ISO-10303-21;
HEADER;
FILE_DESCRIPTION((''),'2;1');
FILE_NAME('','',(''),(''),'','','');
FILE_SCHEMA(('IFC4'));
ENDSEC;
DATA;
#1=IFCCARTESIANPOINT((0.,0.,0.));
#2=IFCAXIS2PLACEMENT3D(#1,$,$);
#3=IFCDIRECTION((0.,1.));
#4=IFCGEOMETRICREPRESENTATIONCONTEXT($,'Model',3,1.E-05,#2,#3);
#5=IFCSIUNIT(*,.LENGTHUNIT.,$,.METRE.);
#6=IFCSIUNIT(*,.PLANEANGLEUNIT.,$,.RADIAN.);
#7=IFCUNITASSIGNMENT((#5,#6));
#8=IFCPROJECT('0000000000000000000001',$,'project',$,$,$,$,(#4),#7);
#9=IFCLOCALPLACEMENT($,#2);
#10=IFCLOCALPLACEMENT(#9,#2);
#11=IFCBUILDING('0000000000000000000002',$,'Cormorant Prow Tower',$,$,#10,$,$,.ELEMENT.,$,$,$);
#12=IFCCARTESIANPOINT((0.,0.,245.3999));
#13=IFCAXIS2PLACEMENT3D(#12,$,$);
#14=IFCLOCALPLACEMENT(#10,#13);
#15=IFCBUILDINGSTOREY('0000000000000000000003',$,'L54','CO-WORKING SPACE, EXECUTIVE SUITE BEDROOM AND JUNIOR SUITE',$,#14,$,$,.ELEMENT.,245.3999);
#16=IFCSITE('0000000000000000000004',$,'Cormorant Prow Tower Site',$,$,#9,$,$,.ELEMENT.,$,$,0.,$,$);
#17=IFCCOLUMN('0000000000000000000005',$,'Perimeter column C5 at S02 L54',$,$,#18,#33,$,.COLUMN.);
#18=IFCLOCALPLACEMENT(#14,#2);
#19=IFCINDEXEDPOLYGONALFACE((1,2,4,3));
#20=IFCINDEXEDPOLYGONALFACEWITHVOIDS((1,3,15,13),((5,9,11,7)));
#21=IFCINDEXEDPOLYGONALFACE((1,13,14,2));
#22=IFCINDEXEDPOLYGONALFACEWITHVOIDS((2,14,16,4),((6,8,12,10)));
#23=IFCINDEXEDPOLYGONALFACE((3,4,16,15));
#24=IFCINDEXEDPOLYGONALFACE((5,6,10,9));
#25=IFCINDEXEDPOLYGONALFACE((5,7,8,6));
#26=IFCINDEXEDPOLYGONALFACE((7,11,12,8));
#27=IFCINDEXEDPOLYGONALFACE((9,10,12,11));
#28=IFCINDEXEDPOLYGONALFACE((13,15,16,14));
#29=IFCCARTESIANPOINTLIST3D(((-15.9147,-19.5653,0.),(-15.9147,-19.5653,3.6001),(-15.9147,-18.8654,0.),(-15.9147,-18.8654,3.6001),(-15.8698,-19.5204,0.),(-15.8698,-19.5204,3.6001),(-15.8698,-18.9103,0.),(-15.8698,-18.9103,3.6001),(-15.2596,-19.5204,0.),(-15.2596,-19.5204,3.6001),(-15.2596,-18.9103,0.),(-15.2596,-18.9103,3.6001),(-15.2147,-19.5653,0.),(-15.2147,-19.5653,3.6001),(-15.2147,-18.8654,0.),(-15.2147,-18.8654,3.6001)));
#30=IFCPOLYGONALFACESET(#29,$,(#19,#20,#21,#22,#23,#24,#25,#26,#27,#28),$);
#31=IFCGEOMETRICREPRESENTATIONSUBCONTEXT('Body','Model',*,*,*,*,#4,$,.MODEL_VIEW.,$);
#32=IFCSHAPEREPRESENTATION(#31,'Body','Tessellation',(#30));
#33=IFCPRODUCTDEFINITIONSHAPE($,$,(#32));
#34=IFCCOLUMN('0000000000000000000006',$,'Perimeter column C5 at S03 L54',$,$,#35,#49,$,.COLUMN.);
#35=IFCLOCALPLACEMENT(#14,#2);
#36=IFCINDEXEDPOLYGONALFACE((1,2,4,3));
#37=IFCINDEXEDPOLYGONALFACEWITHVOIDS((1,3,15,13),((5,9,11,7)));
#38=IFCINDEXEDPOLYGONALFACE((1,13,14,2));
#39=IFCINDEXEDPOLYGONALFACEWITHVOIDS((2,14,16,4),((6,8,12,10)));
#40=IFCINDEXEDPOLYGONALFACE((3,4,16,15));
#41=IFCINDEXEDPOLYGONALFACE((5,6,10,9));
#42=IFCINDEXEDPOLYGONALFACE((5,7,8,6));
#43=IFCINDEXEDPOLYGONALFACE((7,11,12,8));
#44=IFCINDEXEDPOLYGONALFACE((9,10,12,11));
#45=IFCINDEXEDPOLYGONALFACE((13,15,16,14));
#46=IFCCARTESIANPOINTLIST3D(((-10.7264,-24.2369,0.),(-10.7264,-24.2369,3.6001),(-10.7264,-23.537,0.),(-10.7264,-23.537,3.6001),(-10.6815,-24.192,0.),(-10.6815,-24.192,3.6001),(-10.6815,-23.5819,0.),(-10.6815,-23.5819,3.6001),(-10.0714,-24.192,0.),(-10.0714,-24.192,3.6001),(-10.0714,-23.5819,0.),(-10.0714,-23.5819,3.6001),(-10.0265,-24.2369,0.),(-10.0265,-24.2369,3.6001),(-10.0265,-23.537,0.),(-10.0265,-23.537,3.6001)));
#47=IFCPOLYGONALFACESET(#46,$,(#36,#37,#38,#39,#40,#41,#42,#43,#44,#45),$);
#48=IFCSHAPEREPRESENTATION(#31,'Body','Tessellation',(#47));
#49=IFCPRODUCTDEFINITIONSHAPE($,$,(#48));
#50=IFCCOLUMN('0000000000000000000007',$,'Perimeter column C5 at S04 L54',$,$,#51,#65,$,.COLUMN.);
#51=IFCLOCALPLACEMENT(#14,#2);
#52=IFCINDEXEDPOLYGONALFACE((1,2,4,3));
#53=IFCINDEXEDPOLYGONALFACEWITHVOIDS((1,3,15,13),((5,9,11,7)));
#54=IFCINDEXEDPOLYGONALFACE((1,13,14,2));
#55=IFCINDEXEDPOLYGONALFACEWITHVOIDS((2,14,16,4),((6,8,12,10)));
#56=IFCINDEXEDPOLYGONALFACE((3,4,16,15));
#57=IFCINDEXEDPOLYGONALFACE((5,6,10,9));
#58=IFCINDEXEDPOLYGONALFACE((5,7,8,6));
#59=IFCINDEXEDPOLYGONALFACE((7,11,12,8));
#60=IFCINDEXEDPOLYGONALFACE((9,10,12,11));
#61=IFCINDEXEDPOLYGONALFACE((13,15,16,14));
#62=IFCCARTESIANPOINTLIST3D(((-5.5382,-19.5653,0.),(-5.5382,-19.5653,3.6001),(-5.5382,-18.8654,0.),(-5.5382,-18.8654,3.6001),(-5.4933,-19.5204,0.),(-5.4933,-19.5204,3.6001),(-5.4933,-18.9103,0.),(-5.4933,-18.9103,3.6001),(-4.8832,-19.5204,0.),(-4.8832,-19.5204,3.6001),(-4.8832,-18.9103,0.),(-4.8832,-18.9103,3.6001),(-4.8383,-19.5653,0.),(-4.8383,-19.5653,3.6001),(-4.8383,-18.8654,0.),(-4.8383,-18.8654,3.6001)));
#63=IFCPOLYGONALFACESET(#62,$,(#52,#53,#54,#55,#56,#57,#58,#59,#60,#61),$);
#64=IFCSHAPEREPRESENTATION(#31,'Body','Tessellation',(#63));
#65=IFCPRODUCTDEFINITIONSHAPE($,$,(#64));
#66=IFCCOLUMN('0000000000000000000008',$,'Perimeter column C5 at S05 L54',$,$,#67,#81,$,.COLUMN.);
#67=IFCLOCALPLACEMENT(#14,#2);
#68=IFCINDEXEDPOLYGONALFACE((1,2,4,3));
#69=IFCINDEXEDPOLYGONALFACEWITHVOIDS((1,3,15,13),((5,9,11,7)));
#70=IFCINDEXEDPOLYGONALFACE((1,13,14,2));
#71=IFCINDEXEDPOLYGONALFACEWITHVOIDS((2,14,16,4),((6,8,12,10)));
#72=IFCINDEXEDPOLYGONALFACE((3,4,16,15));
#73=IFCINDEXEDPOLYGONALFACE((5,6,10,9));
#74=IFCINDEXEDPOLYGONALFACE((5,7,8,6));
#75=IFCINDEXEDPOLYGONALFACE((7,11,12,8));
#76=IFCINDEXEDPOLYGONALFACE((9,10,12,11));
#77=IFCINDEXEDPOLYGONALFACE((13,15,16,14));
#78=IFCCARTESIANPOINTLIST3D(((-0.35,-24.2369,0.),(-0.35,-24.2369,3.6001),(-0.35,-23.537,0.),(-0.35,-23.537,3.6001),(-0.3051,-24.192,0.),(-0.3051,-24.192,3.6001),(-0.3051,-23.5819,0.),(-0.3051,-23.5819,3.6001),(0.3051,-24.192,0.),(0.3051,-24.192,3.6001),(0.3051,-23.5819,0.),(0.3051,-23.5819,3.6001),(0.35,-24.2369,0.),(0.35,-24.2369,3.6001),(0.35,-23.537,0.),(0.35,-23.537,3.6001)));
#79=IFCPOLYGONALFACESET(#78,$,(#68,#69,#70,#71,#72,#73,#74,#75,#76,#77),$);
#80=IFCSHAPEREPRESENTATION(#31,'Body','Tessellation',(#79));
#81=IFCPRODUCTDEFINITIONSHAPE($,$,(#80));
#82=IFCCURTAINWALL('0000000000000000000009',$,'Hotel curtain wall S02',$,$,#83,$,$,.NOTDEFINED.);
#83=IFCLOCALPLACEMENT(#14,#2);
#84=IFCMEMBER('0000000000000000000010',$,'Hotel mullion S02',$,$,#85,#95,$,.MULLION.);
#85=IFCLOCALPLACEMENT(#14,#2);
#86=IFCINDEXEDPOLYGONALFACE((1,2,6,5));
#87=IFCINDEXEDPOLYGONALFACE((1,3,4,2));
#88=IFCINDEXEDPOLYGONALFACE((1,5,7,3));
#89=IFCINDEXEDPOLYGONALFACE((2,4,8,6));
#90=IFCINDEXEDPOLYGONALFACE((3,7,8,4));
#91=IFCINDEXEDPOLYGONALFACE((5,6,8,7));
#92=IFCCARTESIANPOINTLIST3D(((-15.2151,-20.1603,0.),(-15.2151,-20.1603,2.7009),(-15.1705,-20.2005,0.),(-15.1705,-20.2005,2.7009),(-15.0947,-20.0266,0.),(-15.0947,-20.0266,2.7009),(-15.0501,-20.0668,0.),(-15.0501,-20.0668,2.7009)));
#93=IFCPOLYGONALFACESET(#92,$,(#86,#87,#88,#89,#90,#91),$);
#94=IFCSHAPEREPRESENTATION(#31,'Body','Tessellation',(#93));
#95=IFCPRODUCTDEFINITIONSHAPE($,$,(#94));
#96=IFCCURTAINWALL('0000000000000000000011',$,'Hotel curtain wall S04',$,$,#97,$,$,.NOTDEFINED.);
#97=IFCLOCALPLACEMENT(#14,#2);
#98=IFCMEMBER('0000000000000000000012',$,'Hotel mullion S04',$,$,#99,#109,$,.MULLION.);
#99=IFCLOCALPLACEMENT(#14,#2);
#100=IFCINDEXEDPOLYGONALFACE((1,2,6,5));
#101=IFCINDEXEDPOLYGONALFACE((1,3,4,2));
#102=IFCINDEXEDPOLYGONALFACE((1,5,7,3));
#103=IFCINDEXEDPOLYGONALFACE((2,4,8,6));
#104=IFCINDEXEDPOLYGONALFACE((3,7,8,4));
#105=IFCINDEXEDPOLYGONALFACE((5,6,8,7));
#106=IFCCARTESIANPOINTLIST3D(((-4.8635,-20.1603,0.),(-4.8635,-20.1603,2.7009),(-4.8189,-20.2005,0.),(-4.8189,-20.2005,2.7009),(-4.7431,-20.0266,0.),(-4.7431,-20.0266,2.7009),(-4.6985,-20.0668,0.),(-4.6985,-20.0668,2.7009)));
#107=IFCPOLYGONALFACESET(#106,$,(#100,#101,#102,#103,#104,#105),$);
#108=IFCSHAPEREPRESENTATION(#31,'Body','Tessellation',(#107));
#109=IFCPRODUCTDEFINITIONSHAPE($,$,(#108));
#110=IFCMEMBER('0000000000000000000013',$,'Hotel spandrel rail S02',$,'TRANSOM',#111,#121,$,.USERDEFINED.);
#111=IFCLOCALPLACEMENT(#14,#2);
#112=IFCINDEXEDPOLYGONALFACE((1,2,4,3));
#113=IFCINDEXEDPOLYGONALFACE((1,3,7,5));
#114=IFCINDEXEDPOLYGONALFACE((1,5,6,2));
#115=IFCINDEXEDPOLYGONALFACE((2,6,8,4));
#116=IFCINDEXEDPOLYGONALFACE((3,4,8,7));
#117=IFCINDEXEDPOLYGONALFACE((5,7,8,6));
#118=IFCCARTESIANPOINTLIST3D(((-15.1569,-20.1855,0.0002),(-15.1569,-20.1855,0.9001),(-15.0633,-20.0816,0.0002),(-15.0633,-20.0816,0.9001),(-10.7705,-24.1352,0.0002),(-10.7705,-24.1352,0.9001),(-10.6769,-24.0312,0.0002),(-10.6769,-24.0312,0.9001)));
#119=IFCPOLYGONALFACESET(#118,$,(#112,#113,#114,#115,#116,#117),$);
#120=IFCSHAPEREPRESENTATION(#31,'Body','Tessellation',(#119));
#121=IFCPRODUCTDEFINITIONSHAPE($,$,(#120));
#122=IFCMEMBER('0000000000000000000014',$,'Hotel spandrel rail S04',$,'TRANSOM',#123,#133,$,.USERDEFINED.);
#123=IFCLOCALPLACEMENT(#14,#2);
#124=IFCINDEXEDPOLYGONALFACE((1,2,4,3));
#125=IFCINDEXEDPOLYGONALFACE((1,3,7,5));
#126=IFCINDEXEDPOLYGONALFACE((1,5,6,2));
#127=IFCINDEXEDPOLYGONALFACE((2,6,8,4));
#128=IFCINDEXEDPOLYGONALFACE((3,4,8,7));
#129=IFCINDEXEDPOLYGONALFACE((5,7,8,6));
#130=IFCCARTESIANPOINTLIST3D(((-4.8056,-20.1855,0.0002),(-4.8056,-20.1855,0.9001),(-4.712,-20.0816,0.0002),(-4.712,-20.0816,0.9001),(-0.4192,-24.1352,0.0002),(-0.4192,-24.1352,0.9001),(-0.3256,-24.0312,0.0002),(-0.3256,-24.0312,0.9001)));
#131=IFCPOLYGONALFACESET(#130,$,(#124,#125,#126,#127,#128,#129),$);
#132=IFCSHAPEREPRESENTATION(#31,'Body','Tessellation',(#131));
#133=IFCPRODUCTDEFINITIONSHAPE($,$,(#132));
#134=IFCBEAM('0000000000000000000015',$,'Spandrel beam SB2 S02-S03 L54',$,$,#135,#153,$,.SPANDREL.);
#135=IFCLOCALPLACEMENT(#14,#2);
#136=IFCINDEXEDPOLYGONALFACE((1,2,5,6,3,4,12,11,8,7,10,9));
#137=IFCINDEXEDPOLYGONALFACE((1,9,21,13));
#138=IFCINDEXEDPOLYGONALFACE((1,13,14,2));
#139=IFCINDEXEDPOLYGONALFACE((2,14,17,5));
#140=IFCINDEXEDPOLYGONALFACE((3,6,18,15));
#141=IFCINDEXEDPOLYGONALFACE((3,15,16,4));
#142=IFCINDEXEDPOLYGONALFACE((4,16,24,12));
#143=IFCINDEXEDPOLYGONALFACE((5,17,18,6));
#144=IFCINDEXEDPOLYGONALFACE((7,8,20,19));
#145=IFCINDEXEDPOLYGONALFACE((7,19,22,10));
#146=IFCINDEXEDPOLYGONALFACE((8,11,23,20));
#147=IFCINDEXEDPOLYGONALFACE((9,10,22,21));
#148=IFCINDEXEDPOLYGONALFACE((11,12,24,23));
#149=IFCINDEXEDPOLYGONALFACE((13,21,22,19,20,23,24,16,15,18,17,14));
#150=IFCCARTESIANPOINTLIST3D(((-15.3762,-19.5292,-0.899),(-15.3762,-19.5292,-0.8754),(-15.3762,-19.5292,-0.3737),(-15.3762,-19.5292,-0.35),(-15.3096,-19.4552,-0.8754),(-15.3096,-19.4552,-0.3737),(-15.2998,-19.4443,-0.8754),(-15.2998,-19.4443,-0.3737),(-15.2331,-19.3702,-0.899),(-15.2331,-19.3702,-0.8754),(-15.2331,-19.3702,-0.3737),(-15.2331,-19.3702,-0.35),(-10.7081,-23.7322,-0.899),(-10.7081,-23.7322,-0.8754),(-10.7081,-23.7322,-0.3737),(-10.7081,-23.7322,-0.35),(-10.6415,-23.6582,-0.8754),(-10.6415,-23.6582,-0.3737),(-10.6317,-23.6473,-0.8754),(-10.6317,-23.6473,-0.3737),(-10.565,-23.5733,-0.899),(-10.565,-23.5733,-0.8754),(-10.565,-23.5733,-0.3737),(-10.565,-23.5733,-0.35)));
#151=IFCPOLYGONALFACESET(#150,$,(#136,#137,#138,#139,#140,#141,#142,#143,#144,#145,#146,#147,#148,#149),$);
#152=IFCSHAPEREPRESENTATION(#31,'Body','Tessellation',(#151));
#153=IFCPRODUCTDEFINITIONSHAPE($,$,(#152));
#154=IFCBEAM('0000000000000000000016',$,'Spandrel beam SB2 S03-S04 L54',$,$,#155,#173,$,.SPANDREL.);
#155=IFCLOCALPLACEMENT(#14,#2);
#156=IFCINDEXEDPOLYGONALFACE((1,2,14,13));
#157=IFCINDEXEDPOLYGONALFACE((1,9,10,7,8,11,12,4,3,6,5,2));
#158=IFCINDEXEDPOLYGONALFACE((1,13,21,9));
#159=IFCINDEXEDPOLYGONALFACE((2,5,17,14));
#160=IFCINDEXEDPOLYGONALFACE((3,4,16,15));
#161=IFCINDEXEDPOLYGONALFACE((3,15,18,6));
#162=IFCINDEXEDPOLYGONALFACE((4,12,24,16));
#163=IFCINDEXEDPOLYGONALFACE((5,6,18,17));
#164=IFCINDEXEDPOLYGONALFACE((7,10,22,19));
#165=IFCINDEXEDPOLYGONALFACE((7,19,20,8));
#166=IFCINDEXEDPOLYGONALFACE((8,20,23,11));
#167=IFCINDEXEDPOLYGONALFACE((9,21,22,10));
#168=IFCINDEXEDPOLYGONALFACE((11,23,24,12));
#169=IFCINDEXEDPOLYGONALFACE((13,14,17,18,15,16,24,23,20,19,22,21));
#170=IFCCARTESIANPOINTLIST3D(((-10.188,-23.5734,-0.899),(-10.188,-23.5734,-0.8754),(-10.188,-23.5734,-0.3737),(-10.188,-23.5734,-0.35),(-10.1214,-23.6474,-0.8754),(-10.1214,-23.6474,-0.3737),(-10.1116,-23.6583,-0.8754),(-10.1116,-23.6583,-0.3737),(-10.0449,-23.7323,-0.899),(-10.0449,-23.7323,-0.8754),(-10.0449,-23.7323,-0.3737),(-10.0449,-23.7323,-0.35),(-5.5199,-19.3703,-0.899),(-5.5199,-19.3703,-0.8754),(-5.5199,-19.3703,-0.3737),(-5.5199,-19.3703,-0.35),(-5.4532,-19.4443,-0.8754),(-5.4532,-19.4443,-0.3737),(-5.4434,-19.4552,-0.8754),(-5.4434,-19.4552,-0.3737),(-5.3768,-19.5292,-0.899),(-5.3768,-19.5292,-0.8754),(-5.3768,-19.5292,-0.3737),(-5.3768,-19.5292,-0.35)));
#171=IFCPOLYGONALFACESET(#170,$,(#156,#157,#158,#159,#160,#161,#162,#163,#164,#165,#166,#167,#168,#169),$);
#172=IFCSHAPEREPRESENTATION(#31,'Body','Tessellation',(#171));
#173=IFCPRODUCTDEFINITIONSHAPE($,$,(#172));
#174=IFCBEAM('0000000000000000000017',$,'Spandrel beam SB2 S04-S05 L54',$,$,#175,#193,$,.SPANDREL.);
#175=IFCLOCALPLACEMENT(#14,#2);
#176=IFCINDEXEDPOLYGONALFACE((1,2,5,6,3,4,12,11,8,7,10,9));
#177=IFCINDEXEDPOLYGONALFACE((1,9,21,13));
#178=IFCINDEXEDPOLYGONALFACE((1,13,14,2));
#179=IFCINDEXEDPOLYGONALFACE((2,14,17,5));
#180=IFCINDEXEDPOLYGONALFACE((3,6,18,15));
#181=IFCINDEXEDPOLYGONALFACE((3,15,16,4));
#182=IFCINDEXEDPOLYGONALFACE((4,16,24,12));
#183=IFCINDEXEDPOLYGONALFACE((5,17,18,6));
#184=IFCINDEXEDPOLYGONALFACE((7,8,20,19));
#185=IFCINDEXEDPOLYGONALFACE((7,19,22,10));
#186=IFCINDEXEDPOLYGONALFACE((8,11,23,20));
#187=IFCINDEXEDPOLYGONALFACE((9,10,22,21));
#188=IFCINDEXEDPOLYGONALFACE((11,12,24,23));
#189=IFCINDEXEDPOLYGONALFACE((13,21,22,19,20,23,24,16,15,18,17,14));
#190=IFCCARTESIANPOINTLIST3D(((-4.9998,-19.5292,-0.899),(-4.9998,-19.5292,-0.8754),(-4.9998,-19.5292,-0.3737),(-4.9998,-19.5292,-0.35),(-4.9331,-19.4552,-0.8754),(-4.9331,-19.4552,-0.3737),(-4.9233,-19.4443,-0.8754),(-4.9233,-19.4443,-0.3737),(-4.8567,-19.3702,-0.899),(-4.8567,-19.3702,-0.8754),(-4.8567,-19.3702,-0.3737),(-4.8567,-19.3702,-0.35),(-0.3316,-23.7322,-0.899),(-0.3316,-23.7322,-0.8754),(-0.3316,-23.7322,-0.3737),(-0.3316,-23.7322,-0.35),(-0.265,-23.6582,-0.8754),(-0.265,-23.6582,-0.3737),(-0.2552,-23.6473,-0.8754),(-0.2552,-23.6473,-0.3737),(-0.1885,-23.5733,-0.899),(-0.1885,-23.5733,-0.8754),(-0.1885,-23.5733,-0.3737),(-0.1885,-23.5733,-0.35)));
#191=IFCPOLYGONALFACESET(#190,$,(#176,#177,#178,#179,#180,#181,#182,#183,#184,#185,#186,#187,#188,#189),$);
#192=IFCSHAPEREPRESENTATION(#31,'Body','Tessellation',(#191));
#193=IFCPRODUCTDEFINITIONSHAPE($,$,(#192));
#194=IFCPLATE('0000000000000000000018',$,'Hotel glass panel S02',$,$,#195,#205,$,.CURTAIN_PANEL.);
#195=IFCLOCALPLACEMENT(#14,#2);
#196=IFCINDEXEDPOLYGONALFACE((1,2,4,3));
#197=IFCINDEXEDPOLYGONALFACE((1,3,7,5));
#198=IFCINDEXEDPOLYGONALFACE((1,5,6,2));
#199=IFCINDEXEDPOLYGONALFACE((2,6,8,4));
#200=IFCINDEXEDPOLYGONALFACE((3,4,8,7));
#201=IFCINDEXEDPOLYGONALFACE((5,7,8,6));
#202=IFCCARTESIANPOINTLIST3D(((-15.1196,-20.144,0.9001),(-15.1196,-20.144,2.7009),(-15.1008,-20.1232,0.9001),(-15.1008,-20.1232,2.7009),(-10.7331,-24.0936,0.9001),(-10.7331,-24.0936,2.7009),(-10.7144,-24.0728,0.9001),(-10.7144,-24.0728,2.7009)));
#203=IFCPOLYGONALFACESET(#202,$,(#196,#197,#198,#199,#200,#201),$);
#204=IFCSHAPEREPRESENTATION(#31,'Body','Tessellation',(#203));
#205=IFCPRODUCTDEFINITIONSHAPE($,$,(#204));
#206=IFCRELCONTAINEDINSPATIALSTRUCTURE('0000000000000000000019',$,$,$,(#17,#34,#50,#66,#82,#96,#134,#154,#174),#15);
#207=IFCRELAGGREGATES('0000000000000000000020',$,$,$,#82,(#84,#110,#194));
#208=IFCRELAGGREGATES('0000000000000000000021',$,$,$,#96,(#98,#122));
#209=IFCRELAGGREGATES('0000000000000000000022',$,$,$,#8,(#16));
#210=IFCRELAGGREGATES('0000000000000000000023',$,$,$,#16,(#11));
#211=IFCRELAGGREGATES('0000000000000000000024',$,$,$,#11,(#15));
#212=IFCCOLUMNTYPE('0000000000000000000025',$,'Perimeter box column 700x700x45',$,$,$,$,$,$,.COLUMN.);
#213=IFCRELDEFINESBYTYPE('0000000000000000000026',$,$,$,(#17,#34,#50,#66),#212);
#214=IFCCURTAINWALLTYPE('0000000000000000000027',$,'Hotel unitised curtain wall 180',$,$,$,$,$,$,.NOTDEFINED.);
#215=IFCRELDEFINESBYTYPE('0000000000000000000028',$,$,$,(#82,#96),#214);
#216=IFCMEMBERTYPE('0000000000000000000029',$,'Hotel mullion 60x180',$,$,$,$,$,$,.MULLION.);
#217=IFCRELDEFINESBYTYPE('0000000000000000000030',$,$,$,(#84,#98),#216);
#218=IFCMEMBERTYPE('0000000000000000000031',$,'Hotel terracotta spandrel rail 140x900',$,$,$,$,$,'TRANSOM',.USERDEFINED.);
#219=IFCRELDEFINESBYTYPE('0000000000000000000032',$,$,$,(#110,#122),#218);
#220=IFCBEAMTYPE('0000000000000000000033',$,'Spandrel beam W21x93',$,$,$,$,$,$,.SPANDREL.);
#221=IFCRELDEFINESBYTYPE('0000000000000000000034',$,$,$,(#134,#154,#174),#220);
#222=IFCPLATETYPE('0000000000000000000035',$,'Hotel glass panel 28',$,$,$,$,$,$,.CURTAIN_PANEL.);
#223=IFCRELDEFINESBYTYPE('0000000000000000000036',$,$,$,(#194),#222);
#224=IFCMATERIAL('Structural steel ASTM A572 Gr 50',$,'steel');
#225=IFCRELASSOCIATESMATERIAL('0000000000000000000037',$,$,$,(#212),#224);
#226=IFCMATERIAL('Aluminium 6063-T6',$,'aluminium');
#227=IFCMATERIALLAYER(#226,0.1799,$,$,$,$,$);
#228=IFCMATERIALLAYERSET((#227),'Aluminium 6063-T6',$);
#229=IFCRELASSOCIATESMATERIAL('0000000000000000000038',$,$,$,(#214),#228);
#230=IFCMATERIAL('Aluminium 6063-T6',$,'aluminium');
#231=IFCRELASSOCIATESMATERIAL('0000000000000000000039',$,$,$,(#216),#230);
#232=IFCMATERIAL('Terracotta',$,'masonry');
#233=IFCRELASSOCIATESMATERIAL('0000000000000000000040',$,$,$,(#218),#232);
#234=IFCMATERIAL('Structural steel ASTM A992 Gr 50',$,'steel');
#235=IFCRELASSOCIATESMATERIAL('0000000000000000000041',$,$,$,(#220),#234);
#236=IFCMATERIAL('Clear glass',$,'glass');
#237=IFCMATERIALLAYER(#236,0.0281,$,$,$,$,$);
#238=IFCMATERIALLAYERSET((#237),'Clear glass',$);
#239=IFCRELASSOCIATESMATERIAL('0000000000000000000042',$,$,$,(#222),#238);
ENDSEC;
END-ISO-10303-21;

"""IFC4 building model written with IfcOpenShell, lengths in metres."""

from ifc_helpers import new_model, si_unit, direction, frame, origin, origin_2d, place, context, subcontext, project, spatial, rectangle, hollow_rectangle, i_section, extrude, material, layer, layer_set, material_profile, profile_set, type_object, element, aggregate, save


model = new_model("IFC4")

# Units and contexts
model_context = context("Model", 3, precision=1e-05, world=origin(), true_north=direction((0.0, 1.0)))
body_context = subcontext(model_context, "Body", "Model", "MODEL_VIEW")
ifc_project = project(units=[si_unit("LENGTHUNIT", "METRE"), si_unit("PLANEANGLEUNIT", "RADIAN")], contexts=[model_context])

# Site, building, storey
site_placement = place(None, origin())
site = spatial("IfcSite", under=ifc_project, at=site_placement, Name="Cormorant Prow Tower Site", CompositionType="ELEMENT", RefElevation=0.0)
building_placement = place(site_placement, origin())
building = spatial("IfcBuilding", under=site, at=building_placement, Name="Cormorant Prow Tower", CompositionType="ELEMENT")
storey_placement = place(building_placement, frame((0.0, 0.0, 245.3999)))
storey = spatial("IfcBuildingStorey", under=building, at=storey_placement, Name="L54", Description="CO-WORKING SPACE, EXECUTIVE SUITE BEDROOM AND JUNIOR SUITE", CompositionType="ELEMENT", Elevation=245.3999)

# Columns
ifc_material_1 = material(Name="Structural steel ASTM A572 Gr 50", Category="steel")
ifc_material_profile_1 = material_profile(ifc_material_1, hollow_rectangle(XDim=0.7, YDim=0.7, WallThickness=0.0449, at=origin_2d()), Name="Box 700x700x45")
ifc_profile_set_1 = profile_set([ifc_material_profile_1], Name="Structural steel ASTM A572 Gr 50")
column_type = type_object("IfcColumnType", Name="Perimeter box column 700x700x45", PredefinedType="COLUMN", material=ifc_profile_set_1)
for number, where, z_axis, x_axis, name in (
    (1, (-15.5647, -19.2153, 0.0), (0.0, 0.0, 1.0), (1.0, 0.0, 0.0), "Perimeter column C5 at S02 L54"),
    (2, (-10.3765, -23.887, 0.0), (0.0, 0.0, 1.0), (1.0, 0.0, 0.0), "Perimeter column C5 at S03 L54"),
    (3, (-5.1882, -19.2153, 0.0), (0.0, 0.0, 1.0), (1.0, 0.0, 0.0), "Perimeter column C5 at S04 L54"),
    (4, (0.0, -23.887, 0.0), (0.0, 0.0, 1.0), (1.0, 0.0, 0.0), "Perimeter column C5 at S05 L54"),
):
    element("IfcColumn", number, at=place(storey_placement, frame(where, z_axis=z_axis, x_axis=x_axis)), inside=storey, type_object=column_type, Name=name, PredefinedType="COLUMN", context=body_context, shape_type="SweptSolid", body=[
        extrude(hollow_rectangle(XDim=0.7, YDim=0.7, WallThickness=0.0449, at=origin_2d()), origin(), (0.0, 0.0, 1.0), 3.6001),
    ])

# Curtain walls, members
ifc_material_2 = material(Name="Aluminium 6063-T6", Category="aluminium")
ifc_layer_1 = layer(ifc_material_2, 0.1799)
ifc_layer_set_1 = layer_set([ifc_layer_1], Name="Aluminium 6063-T6")
curtain_wall_type = type_object("IfcCurtainWallType", Name="Hotel unitised curtain wall 180", PredefinedType="NOTDEFINED", material=ifc_layer_set_1)
curtain_wall_1_placement = place(storey_placement, origin())
curtain_wall_1 = element("IfcCurtainWall", 5, at=curtain_wall_1_placement, inside=storey, type_object=curtain_wall_type, Name="Hotel curtain wall S02", PredefinedType="NOTDEFINED")
ifc_material_3 = material(Name="Aluminium 6063-T6", Category="aluminium")
ifc_material_profile_2 = material_profile(ifc_material_3, rectangle(XDim=0.1799, YDim=0.0601, at=origin_2d()), Name="Hotel mullion 60x180")
ifc_profile_set_2 = profile_set([ifc_material_profile_2], Name="Aluminium 6063-T6")
member_type_1 = type_object("IfcMemberType", Name="Hotel mullion 60x180", PredefinedType="MULLION", material=ifc_profile_set_2)
member_1_placement = place(storey_placement, frame((-15.1326, -20.1135, 0.0), z_axis=(0.0, 0.0, 1.0), x_axis=(0.669131, 0.743145, 0.0)))
member_1 = element("IfcMember", 6, at=member_1_placement, type_object=member_type_1, Name="Hotel mullion S02", PredefinedType="MULLION", context=body_context, shape_type="SweptSolid", body=[
    extrude(rectangle(XDim=0.1799, YDim=0.0601, at=origin_2d()), origin(), (0.0, 0.0, 1.0), 2.7009),
])
curtain_wall_2_placement = place(storey_placement, origin())
curtain_wall_2 = element("IfcCurtainWall", 7, at=curtain_wall_2_placement, inside=storey, type_object=curtain_wall_type, Name="Hotel curtain wall S04", PredefinedType="NOTDEFINED")
member_2_placement = place(storey_placement, frame((-4.781, -20.1135, 0.0), z_axis=(0.0, 0.0, 1.0), x_axis=(0.669131, 0.743145, 0.0)))
member_2 = element("IfcMember", 8, at=member_2_placement, type_object=member_type_1, Name="Hotel mullion S04", PredefinedType="MULLION", context=body_context, shape_type="SweptSolid", body=[
    extrude(rectangle(XDim=0.1799, YDim=0.0601, at=origin_2d()), origin(), (0.0, 0.0, 1.0), 2.7009),
])

# Members
ifc_material_4 = material(Name="Terracotta", Category="masonry")
ifc_material_profile_3 = material_profile(ifc_material_4, rectangle(XDim=0.1399, YDim=0.8999, at=origin_2d()), Name="Hotel terracotta spandrel rail 140x900")
ifc_profile_set_3 = profile_set([ifc_material_profile_3], Name="Terracotta")
member_type_2 = type_object("IfcMemberType", Name="Hotel terracotta spandrel rail 140x900", ElementType="TRANSOM", PredefinedType="USERDEFINED", material=ifc_profile_set_3)
member_3_placement = place(storey_placement, frame((-15.1101, -20.1335, 0.4502), z_axis=(0.743136, -0.669141, 0.0), x_axis=(0.669141, 0.743136, 0.0)))
member_3 = element("IfcMember", 9, at=member_3_placement, type_object=member_type_2, Name="Hotel spandrel rail S02", ObjectType="TRANSOM", PredefinedType="USERDEFINED", context=body_context, shape_type="SweptSolid", body=[
    extrude(rectangle(XDim=0.1399, YDim=0.8999, at=origin_2d()), origin(), (0.0, 0.0, 1.0), 5.9026),
])
member_4_placement = place(storey_placement, frame((-4.7588, -20.1335, 0.4502), z_axis=(0.743136, -0.669141, 0.0), x_axis=(0.669141, 0.743136, 0.0)))
member_4 = element("IfcMember", 10, at=member_4_placement, type_object=member_type_2, Name="Hotel spandrel rail S04", ObjectType="TRANSOM", PredefinedType="USERDEFINED", context=body_context, shape_type="SweptSolid", body=[
    extrude(rectangle(XDim=0.1399, YDim=0.8999, at=origin_2d()), origin(), (0.0, 0.0, 1.0), 5.9026),
])

# Beams
ifc_material_5 = material(Name="Structural steel ASTM A992 Gr 50", Category="steel")
ifc_material_profile_4 = material_profile(ifc_material_5, i_section(OverallWidth=0.2139, OverallDepth=0.5491, WebThickness=0.0146, FlangeThickness=0.0237, at=origin_2d()), Name="W21x93")
ifc_profile_set_4 = profile_set([ifc_material_profile_4], Name="Structural steel ASTM A992 Gr 50")
beam_type = type_object("IfcBeamType", Name="Spandrel beam W21x93", PredefinedType="SPANDREL", material=ifc_profile_set_4)
for number, where, z_axis, x_axis, name in (
    (11, (-15.3047, -19.4497, -0.6245), (0.743157, -0.669117, 0.0), (0.669117, 0.743157, 0.0), "Spandrel beam SB2 S02-S03 L54"),
    (12, (-10.1165, -23.6528, -0.6245), (0.743157, 0.669117, 0.0), (-0.669117, 0.743157, 0.0), "Spandrel beam SB2 S03-S04 L54"),
    (13, (-4.9282, -19.4497, -0.6245), (0.743157, -0.669117, 0.0), (0.669117, 0.743157, 0.0), "Spandrel beam SB2 S04-S05 L54"),
):
    element("IfcBeam", number, at=place(storey_placement, frame(where, z_axis=z_axis, x_axis=x_axis)), inside=storey, type_object=beam_type, Name=name, PredefinedType="SPANDREL", context=body_context, shape_type="SweptSolid", body=[
        extrude(i_section(OverallWidth=0.2139, OverallDepth=0.5491, WebThickness=0.0146, FlangeThickness=0.0237, at=origin_2d()), origin(), (0.0, 0.0, 1.0), 6.2815),
    ])

# Plate
ifc_material_6 = material(Name="Clear glass", Category="glass")
ifc_layer_2 = layer(ifc_material_6, 0.0281)
ifc_layer_set_2 = layer_set([ifc_layer_2], Name="Clear glass")
plate_type = type_object("IfcPlateType", Name="Hotel glass panel 28", PredefinedType="CURTAIN_PANEL", material=ifc_layer_set_2)
plate_1_placement = place(storey_placement, frame((-12.917, -22.1084, 0.9001), z_axis=(0.0, 0.0, 1.0), x_axis=(0.743145, -0.669131, 0.0)))
plate_1 = element("IfcPlate", 14, at=plate_1_placement, type_object=plate_type, Name="Hotel glass panel S02", PredefinedType="CURTAIN_PANEL", context=body_context, shape_type="SweptSolid", body=[
    extrude(rectangle(XDim=5.9026, YDim=0.0281, at=origin_2d()), origin(), (0.0, 0.0, 1.0), 1.8008),
])
aggregate(curtain_wall_1, [member_1, member_3, plate_1])
aggregate(curtain_wall_2, [member_2, member_4])

save(model, "model.ifc")
